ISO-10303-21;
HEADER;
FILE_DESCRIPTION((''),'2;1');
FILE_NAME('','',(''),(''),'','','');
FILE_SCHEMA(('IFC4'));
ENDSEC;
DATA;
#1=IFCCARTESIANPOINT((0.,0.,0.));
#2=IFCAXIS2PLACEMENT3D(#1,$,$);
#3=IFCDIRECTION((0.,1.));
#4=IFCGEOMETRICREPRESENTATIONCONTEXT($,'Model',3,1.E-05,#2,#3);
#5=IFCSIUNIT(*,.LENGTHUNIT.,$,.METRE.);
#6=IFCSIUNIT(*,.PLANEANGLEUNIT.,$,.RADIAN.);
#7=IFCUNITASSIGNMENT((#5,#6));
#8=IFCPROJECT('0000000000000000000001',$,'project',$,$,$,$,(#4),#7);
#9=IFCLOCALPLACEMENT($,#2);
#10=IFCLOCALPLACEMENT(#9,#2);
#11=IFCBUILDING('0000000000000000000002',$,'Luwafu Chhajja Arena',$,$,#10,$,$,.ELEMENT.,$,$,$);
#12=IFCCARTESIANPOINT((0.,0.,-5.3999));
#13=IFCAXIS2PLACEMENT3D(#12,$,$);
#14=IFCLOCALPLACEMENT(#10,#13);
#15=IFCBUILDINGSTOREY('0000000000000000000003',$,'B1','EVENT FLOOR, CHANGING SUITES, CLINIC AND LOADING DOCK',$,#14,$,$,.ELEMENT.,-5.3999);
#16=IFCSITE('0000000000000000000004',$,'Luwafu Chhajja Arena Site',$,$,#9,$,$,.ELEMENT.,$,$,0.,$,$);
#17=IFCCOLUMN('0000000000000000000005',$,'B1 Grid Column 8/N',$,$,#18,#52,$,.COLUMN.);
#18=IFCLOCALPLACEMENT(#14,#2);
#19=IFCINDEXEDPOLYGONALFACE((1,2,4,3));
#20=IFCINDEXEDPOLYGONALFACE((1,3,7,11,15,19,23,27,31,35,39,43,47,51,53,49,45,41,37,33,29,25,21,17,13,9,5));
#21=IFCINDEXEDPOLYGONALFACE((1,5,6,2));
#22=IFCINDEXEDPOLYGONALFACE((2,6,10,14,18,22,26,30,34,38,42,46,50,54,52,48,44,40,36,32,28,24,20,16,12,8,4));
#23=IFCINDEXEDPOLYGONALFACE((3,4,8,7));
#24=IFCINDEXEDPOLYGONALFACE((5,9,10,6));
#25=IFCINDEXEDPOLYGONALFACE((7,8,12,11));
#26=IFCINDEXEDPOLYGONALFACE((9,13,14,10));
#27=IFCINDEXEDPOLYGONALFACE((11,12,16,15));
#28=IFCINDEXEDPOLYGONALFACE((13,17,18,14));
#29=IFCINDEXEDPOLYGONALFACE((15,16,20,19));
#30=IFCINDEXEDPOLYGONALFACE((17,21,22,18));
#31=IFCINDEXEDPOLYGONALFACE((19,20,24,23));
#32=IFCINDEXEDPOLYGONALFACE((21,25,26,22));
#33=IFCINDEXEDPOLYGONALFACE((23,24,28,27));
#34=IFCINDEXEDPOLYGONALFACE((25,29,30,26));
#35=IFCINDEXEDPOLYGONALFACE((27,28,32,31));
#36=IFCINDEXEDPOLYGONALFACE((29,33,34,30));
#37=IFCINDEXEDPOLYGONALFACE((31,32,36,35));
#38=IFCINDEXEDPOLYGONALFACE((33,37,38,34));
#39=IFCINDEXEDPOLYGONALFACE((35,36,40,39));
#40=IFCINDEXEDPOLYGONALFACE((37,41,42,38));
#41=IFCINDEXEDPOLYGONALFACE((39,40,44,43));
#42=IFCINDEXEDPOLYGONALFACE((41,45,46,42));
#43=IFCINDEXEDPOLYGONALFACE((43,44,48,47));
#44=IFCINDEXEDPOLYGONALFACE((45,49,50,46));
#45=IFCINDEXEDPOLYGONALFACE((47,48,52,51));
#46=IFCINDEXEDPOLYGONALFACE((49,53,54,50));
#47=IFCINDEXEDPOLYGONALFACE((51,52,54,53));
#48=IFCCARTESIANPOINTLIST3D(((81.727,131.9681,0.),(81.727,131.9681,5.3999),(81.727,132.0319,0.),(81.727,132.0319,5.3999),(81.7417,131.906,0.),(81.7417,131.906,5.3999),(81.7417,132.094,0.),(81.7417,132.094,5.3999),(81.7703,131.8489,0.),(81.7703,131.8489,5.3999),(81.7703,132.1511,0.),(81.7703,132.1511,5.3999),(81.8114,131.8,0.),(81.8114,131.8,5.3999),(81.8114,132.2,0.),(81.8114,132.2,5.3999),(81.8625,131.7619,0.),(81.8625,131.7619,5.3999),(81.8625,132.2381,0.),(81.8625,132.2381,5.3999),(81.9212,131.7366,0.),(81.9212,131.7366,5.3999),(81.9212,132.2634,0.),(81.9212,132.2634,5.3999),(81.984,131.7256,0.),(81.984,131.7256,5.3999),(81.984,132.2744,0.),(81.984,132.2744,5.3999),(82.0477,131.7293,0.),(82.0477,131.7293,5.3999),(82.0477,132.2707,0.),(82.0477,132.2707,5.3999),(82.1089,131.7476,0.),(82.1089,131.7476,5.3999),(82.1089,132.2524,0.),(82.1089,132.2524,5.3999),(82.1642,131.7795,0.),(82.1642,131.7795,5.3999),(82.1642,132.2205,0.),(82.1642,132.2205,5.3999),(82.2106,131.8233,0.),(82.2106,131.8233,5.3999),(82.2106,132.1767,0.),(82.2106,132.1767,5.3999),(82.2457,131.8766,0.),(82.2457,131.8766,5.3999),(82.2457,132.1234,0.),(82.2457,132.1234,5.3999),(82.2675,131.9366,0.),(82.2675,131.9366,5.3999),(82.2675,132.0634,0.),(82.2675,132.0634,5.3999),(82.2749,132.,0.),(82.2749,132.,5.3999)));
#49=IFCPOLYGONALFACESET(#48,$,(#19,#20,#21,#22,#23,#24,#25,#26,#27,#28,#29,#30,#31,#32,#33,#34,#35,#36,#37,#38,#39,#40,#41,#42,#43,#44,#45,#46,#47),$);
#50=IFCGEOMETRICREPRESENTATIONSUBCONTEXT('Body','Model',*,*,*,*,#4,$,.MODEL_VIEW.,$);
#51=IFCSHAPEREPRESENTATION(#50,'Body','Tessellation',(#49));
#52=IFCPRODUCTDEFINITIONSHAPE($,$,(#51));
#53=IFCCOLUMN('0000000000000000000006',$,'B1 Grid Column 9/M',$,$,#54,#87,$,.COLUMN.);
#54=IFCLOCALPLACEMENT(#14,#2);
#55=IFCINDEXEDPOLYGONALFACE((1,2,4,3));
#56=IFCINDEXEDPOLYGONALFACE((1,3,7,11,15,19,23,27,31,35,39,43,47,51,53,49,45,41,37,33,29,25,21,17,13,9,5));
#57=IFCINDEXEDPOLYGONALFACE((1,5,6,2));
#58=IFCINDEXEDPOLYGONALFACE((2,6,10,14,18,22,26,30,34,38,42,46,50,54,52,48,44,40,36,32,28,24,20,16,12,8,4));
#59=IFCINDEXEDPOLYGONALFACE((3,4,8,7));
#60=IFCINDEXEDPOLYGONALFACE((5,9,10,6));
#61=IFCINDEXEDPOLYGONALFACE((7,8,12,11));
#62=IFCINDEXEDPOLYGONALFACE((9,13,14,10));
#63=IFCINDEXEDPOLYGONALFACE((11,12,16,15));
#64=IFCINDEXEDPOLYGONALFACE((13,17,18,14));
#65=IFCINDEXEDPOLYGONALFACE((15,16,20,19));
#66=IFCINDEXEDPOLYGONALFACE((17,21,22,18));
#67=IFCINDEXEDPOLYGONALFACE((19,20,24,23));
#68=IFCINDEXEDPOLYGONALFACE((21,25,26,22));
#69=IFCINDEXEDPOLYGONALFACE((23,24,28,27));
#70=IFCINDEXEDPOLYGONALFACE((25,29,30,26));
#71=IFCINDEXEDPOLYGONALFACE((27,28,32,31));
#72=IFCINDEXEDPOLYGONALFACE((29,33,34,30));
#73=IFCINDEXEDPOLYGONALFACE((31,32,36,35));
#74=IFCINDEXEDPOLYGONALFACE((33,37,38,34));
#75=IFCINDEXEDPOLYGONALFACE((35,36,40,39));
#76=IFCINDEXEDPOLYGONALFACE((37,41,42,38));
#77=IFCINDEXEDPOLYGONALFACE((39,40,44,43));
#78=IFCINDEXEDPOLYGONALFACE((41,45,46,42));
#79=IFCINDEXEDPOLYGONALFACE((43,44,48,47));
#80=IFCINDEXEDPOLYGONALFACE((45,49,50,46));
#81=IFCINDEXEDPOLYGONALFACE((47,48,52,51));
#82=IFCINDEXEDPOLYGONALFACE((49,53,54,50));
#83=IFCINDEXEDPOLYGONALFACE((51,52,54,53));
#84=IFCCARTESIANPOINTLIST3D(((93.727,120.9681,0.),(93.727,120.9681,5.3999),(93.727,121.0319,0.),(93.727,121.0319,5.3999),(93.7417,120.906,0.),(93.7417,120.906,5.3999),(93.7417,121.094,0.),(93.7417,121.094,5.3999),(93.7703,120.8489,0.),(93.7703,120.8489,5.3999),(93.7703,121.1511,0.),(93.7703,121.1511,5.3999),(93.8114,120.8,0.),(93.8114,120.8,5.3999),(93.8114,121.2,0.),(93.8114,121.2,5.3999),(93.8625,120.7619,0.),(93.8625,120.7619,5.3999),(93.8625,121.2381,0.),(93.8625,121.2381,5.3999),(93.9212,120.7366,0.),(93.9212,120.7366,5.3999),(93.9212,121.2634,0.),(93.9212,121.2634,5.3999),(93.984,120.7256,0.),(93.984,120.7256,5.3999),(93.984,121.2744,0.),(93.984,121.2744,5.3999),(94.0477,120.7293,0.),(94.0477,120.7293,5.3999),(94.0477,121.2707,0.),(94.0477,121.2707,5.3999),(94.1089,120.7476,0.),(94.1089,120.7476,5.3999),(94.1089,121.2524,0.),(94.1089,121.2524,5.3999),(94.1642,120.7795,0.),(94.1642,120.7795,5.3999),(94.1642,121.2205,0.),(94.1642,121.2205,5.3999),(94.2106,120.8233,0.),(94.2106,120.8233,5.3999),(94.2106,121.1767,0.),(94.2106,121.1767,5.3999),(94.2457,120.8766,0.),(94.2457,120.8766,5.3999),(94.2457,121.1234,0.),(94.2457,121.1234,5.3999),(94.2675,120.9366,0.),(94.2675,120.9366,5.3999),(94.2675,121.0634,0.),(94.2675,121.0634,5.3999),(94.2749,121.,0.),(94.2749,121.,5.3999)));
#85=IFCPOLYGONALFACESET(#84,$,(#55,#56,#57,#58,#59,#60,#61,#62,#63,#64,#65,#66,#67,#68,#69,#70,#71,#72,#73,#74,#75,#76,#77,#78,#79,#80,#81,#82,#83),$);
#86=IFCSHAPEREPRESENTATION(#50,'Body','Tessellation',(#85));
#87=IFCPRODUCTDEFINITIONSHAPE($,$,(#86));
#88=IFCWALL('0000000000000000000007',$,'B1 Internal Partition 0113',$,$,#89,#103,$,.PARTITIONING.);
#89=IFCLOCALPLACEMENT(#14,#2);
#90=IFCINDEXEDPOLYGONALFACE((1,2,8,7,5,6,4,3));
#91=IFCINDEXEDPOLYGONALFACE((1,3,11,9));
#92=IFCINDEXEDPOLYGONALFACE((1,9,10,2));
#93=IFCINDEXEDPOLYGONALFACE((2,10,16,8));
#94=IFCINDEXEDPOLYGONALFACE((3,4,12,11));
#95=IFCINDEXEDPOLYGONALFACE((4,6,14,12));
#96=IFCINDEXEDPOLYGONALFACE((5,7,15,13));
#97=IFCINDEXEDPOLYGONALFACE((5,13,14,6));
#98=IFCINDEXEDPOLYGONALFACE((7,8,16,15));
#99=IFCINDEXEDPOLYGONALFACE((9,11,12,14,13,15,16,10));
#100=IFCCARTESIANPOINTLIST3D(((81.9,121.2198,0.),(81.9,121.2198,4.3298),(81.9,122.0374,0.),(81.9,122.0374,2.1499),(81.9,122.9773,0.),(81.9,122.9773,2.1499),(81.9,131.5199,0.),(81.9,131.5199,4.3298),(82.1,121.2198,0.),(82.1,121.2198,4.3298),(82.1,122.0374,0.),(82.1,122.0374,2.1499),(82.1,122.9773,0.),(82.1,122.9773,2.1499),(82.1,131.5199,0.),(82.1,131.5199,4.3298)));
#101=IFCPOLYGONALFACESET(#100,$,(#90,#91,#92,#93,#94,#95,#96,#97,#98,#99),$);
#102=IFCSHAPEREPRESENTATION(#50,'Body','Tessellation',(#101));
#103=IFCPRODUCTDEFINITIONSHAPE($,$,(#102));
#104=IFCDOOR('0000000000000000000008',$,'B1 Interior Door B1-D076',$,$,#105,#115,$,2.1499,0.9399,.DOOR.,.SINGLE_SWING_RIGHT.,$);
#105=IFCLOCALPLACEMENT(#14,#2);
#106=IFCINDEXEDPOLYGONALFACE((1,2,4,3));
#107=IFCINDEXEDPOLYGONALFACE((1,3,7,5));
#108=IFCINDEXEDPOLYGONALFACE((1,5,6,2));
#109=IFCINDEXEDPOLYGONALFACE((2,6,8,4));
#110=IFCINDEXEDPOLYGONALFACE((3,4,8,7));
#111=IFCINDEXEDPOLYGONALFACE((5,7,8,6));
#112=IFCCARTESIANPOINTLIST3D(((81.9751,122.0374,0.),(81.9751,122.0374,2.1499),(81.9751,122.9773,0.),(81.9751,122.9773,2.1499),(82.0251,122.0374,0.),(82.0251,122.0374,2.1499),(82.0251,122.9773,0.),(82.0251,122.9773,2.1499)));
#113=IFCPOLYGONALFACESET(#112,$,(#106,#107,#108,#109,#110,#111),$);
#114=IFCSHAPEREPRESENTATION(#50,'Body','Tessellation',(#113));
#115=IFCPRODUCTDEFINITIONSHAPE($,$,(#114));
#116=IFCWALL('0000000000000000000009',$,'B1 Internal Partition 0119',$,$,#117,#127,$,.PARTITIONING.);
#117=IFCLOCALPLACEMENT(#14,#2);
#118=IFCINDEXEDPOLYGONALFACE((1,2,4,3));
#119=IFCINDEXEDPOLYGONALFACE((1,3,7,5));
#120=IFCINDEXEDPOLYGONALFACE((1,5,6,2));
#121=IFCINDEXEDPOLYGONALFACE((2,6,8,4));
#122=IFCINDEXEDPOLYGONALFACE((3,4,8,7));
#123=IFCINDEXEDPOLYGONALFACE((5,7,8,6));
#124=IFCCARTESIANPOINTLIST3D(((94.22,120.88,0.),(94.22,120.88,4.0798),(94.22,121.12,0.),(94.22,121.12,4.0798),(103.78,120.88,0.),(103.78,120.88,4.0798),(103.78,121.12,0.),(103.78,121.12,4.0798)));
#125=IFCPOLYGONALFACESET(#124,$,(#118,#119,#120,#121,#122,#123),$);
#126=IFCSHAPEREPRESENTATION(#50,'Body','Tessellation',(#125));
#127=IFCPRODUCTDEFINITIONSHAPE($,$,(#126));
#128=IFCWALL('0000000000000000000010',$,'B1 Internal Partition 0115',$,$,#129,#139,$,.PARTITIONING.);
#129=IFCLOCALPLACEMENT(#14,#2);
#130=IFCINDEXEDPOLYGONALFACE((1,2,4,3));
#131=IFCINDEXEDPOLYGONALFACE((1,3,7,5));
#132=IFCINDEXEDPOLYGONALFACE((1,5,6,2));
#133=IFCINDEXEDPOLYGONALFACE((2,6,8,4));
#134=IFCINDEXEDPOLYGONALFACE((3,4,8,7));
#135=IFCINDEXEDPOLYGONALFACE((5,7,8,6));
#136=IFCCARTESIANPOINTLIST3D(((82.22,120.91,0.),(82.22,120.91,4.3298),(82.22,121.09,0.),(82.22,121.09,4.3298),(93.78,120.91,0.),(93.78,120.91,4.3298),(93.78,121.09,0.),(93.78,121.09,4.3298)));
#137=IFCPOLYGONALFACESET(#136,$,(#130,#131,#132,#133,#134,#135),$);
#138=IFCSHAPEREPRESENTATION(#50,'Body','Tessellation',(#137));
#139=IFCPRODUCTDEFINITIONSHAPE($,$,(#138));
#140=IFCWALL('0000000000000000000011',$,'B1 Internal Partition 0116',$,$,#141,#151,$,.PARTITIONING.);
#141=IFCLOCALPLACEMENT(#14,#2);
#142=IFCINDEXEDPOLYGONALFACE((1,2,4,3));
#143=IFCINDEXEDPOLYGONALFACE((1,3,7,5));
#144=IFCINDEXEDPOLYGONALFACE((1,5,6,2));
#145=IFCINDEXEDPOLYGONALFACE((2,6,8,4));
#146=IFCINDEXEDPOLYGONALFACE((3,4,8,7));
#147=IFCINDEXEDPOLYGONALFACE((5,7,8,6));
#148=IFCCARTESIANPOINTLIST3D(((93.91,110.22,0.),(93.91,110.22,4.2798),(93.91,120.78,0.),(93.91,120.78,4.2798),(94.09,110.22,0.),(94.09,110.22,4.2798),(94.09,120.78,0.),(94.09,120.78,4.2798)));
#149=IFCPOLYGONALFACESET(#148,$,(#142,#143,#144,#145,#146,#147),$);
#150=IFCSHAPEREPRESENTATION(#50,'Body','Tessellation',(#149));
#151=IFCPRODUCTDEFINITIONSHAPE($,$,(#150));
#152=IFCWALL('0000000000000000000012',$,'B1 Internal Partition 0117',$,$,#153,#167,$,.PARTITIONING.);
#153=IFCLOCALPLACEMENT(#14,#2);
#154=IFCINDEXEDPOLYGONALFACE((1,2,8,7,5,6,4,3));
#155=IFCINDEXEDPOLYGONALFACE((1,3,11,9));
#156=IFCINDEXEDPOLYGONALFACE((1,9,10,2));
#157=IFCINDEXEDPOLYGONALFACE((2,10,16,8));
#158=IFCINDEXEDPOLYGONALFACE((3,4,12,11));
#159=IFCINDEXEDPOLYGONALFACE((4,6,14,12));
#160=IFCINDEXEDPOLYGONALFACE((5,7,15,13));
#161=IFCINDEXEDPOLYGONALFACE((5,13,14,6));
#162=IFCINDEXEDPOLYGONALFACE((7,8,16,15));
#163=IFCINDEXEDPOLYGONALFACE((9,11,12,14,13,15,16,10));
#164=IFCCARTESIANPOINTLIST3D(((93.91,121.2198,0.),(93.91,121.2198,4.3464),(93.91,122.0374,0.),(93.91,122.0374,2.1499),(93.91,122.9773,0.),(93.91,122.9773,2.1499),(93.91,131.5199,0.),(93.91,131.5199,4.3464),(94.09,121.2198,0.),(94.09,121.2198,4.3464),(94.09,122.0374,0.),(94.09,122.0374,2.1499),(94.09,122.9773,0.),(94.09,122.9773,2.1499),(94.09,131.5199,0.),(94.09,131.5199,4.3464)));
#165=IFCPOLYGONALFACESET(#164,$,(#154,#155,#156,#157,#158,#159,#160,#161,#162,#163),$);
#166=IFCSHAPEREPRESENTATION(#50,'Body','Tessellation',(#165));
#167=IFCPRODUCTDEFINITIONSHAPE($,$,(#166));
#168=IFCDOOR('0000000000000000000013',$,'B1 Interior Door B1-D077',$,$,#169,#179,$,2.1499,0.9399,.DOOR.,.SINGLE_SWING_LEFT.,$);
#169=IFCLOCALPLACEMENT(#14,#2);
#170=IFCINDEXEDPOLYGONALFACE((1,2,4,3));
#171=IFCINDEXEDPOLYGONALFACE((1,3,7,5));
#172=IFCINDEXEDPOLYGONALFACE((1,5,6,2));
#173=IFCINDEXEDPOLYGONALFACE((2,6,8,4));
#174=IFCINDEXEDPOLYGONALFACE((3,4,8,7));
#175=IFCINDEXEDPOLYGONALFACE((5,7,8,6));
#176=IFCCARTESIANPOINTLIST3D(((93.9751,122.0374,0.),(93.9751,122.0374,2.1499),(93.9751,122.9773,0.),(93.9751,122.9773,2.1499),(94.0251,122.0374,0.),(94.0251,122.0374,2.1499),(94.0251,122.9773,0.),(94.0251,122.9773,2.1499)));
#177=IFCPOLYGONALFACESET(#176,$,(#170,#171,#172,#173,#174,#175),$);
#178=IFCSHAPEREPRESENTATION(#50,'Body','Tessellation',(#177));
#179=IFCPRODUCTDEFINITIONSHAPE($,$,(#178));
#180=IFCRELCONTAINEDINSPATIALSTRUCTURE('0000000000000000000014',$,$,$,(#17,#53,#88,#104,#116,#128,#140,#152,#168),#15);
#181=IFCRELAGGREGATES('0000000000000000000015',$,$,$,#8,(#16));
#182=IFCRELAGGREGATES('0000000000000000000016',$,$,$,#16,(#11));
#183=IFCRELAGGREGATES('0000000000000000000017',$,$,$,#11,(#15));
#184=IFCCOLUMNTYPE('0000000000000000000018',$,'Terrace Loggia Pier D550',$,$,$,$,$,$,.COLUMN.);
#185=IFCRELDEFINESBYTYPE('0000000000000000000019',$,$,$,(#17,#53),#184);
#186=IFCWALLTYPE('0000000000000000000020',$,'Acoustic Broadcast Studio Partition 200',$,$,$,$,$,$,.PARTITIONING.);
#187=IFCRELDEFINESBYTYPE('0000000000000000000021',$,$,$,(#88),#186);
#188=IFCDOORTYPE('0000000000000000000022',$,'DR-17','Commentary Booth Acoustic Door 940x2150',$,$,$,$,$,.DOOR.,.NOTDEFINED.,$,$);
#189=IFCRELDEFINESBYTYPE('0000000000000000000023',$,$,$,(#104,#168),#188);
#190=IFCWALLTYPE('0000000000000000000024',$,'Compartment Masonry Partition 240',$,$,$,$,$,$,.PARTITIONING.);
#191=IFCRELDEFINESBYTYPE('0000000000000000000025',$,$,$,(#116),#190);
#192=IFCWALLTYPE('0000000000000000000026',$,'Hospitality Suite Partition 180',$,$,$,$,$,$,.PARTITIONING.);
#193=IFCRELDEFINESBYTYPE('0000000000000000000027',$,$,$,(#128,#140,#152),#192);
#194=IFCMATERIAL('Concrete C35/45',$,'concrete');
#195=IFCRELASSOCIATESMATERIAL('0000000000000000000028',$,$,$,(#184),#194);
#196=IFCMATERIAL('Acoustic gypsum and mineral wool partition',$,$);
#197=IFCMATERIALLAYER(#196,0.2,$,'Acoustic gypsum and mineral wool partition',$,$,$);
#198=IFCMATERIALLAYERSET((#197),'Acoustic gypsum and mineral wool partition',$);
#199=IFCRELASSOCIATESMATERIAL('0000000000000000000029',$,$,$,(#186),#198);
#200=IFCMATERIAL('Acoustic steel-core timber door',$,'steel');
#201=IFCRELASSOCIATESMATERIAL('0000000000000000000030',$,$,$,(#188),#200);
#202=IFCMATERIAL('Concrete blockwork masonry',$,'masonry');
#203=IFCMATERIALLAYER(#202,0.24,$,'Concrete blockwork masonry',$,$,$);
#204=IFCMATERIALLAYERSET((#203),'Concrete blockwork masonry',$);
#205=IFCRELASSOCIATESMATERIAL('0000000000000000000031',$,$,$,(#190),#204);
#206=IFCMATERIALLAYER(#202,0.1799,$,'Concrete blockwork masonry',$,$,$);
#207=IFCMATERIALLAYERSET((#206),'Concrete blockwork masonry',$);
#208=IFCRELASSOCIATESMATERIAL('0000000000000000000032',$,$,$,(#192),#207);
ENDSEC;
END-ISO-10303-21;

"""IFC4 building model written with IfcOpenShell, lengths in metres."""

from ifc_helpers import new_model, si_unit, direction, frame, frame_2d, origin, origin_2d, place, context, subcontext, project, spatial, rectangle, circle, extrude, material, layer, layer_set, material_profile, profile_set, type_object, element, fill, save


model = new_model("IFC4")

# Units and contexts
model_context = context("Model", 3, precision=1e-05, world=origin(), true_north=direction((0.0, 1.0)))
body_context = subcontext(model_context, "Body", "Model", "MODEL_VIEW")
ifc_project = project(units=[si_unit("LENGTHUNIT", "METRE"), si_unit("PLANEANGLEUNIT", "RADIAN")], contexts=[model_context])

# Site, building, storey
site_placement = place(None, origin())
site = spatial("IfcSite", under=ifc_project, at=site_placement, Name="Luwafu Chhajja Arena Site", CompositionType="ELEMENT", RefElevation=0.0)
building_placement = place(site_placement, origin())
building = spatial("IfcBuilding", under=site, at=building_placement, Name="Luwafu Chhajja Arena", CompositionType="ELEMENT")
storey_placement = place(building_placement, frame((0.0, 0.0, -5.3999)))
storey = spatial("IfcBuildingStorey", under=building, at=storey_placement, Name="B1", Description="EVENT FLOOR, CHANGING SUITES, CLINIC AND LOADING DOCK", CompositionType="ELEMENT", Elevation=-5.3999)

# Shared definitions
ifc_material_1 = material(Name="Concrete C35/45", Category="concrete")

# Columns
ifc_material_profile_1 = material_profile(ifc_material_1, circle(Radius=0.2749, at=origin_2d()), Name="RC COL D550")
ifc_profile_set_1 = profile_set([ifc_material_profile_1], Name="Concrete C35/45")
column_type_1 = type_object("IfcColumnType", Name="Terrace Loggia Pier D550", PredefinedType="COLUMN", material=ifc_profile_set_1)
for number, where, z_axis, x_axis, name in (
    (1, (82.0, 132.0, 0.0), (0.0, 0.0, 1.0), (1.0, 0.0, 0.0), "B1 Grid Column 8/N"),
    (2, (94.0, 121.0, 0.0), (0.0, 0.0, 1.0), (1.0, 0.0, 0.0), "B1 Grid Column 9/M"),
):
    element("IfcColumn", number, at=place(storey_placement, frame(where, z_axis=z_axis, x_axis=x_axis)), inside=storey, type_object=column_type_1, Name=name, PredefinedType="COLUMN", context=body_context, shape_type="SweptSolid", body=[
        extrude(circle(Radius=0.2749, at=origin_2d()), origin(), (0.0, 0.0, 1.0), 5.3999),
    ])

# Wall, opening, door
ifc_material_2 = material(Name="Acoustic gypsum and mineral wool partition")
ifc_layer_1 = layer(ifc_material_2, 0.2, Name="Acoustic gypsum and mineral wool partition")
ifc_layer_set_1 = layer_set([ifc_layer_1], Name="Acoustic gypsum and mineral wool partition")
wall_type_1 = type_object("IfcWallType", Name="Acoustic Broadcast Studio Partition 200", PredefinedType="PARTITIONING", material=ifc_layer_set_1)
wall_1_placement = place(storey_placement, frame((82.0, 121.22, 0.0), z_axis=(0.0, 0.0, 1.0), x_axis=(0.0, 1.0, 0.0)))
wall_1 = element("IfcWall", 3, at=wall_1_placement, inside=storey, type_object=wall_type_1, Name="B1 Internal Partition 0113", PredefinedType="PARTITIONING", context=body_context, shape_type="SweptSolid", body=[
    extrude(rectangle(XDim=10.3, YDim=0.2, at=frame_2d((5.1499, 0.0))), origin(), (0.0, 0.0, 1.0), 4.3298),
])
opening_1_placement = place(wall_1_placement, frame((0.8174, 0.0, 0.0)))
opening_1 = element("IfcOpeningElement", 4, at=opening_1_placement, cuts=wall_1, PredefinedType="OPENING", context=body_context, shape_type="SweptSolid", body=[
    extrude(rectangle(XDim=0.9399, YDim=2.1499, at=frame_2d((0.47, 1.075))), frame((0.0, 0.1099, 0.0), z_axis=(0.0, -1.0, 0.0), x_axis=(1.0, 0.0, 0.0)), (0.0, 0.0, 1.0), 0.22),
])
ifc_material_3 = material(Name="Acoustic steel-core timber door", Category="steel")
door_type = type_object("IfcDoorType", Name="DR-17", Description="Commentary Booth Acoustic Door 940x2150", OperationType="NOTDEFINED", PredefinedType="DOOR", material=ifc_material_3)
door_1_placement = place(opening_1_placement, origin())
door_1 = element("IfcDoor", 5, at=door_1_placement, inside=storey, type_object=door_type, Name="B1 Interior Door B1-D076", OperationType="SINGLE_SWING_RIGHT", OverallHeight=2.1499, OverallWidth=0.9399, PredefinedType="DOOR", context=body_context, shape_type="SweptSolid", body=[
    extrude(rectangle(XDim=0.9399, YDim=2.1499, at=frame_2d((0.47, 1.075))), frame((0.0, 0.0249, 0.0), z_axis=(0.0, -1.0, 0.0), x_axis=(1.0, 0.0, 0.0)), (0.0, 0.0, 1.0), 0.05),
])
fill(opening_1, door_1)

# Walls
ifc_material_4 = material(Name="Concrete blockwork masonry", Category="masonry")
ifc_layer_2 = layer(ifc_material_4, 0.24, Name="Concrete blockwork masonry")
ifc_layer_set_2 = layer_set([ifc_layer_2], Name="Concrete blockwork masonry")
wall_type_2 = type_object("IfcWallType", Name="Compartment Masonry Partition 240", PredefinedType="PARTITIONING", material=ifc_layer_set_2)
wall_2_placement = place(storey_placement, frame((94.22, 121.0, 0.0), z_axis=(0.0, 0.0, 1.0), x_axis=(1.0, 0.0, 0.0)))
element("IfcWall", 6, at=wall_2_placement, inside=storey, type_object=wall_type_2, Name="B1 Internal Partition 0119", PredefinedType="PARTITIONING", context=body_context, shape_type="SweptSolid", body=[
    extrude(rectangle(XDim=9.5601, YDim=0.24, at=frame_2d((4.78, 0.0))), origin(), (0.0, 0.0, 1.0), 4.0798),
])
ifc_layer_3 = layer(ifc_material_4, 0.1799, Name="Concrete blockwork masonry")
ifc_layer_set_3 = layer_set([ifc_layer_3], Name="Concrete blockwork masonry")
wall_type_3 = type_object("IfcWallType", Name="Hospitality Suite Partition 180", PredefinedType="PARTITIONING", material=ifc_layer_set_3)
wall_3_placement = place(storey_placement, frame((82.22, 121.0, 0.0), z_axis=(0.0, 0.0, 1.0), x_axis=(1.0, 0.0, 0.0)))
element("IfcWall", 7, at=wall_3_placement, inside=storey, type_object=wall_type_3, Name="B1 Internal Partition 0115", PredefinedType="PARTITIONING", context=body_context, shape_type="SweptSolid", body=[
    extrude(rectangle(XDim=11.5601, YDim=0.1799, at=frame_2d((5.78, 0.0))), origin(), (0.0, 0.0, 1.0), 4.3298),
])
wall_4_placement = place(storey_placement, frame((94.0, 110.22, 0.0), z_axis=(0.0, 0.0, 1.0), x_axis=(0.0, 1.0, 0.0)))
element("IfcWall", 8, at=wall_4_placement, inside=storey, type_object=wall_type_3, Name="B1 Internal Partition 0116", PredefinedType="PARTITIONING", context=body_context, shape_type="SweptSolid", body=[
    extrude(rectangle(XDim=10.5601, YDim=0.1799, at=frame_2d((5.28, 0.0))), origin(), (0.0, 0.0, 1.0), 4.2798),
])

# Wall, opening, door
wall_5_placement = place(storey_placement, frame((94.0, 121.22, 0.0), z_axis=(0.0, 0.0, 1.0), x_axis=(0.0, 1.0, 0.0)))
wall_5 = element("IfcWall", 9, at=wall_5_placement, inside=storey, type_object=wall_type_3, Name="B1 Internal Partition 0117", PredefinedType="PARTITIONING", context=body_context, shape_type="SweptSolid", body=[
    extrude(rectangle(XDim=10.3, YDim=0.1799, at=frame_2d((5.1499, 0.0))), origin(), (0.0, 0.0, 1.0), 4.3464),
])
opening_2_placement = place(wall_5_placement, frame((0.8174, 0.0, 0.0)))
opening_2 = element("IfcOpeningElement", 10, at=opening_2_placement, cuts=wall_5, PredefinedType="OPENING", context=body_context, shape_type="SweptSolid", body=[
    extrude(rectangle(XDim=0.9399, YDim=2.1499, at=frame_2d((0.47, 1.075))), frame((0.0, 0.0999, 0.0), z_axis=(0.0, -1.0, 0.0), x_axis=(1.0, 0.0, 0.0)), (0.0, 0.0, 1.0), 0.2),
])
door_2_placement = place(opening_2_placement, origin())
door_2 = element("IfcDoor", 11, at=door_2_placement, inside=storey, type_object=door_type, Name="B1 Interior Door B1-D077", OperationType="SINGLE_SWING_LEFT", OverallHeight=2.1499, OverallWidth=0.9399, PredefinedType="DOOR", context=body_context, shape_type="SweptSolid", body=[
    extrude(rectangle(XDim=0.9399, YDim=2.1499, at=frame_2d((0.47, 1.075))), frame((0.0, 0.0249, 0.0), z_axis=(0.0, -1.0, 0.0), x_axis=(1.0, 0.0, 0.0)), (0.0, 0.0, 1.0), 0.05),
])
fill(opening_2, door_2)

save(model, "model.ifc")
